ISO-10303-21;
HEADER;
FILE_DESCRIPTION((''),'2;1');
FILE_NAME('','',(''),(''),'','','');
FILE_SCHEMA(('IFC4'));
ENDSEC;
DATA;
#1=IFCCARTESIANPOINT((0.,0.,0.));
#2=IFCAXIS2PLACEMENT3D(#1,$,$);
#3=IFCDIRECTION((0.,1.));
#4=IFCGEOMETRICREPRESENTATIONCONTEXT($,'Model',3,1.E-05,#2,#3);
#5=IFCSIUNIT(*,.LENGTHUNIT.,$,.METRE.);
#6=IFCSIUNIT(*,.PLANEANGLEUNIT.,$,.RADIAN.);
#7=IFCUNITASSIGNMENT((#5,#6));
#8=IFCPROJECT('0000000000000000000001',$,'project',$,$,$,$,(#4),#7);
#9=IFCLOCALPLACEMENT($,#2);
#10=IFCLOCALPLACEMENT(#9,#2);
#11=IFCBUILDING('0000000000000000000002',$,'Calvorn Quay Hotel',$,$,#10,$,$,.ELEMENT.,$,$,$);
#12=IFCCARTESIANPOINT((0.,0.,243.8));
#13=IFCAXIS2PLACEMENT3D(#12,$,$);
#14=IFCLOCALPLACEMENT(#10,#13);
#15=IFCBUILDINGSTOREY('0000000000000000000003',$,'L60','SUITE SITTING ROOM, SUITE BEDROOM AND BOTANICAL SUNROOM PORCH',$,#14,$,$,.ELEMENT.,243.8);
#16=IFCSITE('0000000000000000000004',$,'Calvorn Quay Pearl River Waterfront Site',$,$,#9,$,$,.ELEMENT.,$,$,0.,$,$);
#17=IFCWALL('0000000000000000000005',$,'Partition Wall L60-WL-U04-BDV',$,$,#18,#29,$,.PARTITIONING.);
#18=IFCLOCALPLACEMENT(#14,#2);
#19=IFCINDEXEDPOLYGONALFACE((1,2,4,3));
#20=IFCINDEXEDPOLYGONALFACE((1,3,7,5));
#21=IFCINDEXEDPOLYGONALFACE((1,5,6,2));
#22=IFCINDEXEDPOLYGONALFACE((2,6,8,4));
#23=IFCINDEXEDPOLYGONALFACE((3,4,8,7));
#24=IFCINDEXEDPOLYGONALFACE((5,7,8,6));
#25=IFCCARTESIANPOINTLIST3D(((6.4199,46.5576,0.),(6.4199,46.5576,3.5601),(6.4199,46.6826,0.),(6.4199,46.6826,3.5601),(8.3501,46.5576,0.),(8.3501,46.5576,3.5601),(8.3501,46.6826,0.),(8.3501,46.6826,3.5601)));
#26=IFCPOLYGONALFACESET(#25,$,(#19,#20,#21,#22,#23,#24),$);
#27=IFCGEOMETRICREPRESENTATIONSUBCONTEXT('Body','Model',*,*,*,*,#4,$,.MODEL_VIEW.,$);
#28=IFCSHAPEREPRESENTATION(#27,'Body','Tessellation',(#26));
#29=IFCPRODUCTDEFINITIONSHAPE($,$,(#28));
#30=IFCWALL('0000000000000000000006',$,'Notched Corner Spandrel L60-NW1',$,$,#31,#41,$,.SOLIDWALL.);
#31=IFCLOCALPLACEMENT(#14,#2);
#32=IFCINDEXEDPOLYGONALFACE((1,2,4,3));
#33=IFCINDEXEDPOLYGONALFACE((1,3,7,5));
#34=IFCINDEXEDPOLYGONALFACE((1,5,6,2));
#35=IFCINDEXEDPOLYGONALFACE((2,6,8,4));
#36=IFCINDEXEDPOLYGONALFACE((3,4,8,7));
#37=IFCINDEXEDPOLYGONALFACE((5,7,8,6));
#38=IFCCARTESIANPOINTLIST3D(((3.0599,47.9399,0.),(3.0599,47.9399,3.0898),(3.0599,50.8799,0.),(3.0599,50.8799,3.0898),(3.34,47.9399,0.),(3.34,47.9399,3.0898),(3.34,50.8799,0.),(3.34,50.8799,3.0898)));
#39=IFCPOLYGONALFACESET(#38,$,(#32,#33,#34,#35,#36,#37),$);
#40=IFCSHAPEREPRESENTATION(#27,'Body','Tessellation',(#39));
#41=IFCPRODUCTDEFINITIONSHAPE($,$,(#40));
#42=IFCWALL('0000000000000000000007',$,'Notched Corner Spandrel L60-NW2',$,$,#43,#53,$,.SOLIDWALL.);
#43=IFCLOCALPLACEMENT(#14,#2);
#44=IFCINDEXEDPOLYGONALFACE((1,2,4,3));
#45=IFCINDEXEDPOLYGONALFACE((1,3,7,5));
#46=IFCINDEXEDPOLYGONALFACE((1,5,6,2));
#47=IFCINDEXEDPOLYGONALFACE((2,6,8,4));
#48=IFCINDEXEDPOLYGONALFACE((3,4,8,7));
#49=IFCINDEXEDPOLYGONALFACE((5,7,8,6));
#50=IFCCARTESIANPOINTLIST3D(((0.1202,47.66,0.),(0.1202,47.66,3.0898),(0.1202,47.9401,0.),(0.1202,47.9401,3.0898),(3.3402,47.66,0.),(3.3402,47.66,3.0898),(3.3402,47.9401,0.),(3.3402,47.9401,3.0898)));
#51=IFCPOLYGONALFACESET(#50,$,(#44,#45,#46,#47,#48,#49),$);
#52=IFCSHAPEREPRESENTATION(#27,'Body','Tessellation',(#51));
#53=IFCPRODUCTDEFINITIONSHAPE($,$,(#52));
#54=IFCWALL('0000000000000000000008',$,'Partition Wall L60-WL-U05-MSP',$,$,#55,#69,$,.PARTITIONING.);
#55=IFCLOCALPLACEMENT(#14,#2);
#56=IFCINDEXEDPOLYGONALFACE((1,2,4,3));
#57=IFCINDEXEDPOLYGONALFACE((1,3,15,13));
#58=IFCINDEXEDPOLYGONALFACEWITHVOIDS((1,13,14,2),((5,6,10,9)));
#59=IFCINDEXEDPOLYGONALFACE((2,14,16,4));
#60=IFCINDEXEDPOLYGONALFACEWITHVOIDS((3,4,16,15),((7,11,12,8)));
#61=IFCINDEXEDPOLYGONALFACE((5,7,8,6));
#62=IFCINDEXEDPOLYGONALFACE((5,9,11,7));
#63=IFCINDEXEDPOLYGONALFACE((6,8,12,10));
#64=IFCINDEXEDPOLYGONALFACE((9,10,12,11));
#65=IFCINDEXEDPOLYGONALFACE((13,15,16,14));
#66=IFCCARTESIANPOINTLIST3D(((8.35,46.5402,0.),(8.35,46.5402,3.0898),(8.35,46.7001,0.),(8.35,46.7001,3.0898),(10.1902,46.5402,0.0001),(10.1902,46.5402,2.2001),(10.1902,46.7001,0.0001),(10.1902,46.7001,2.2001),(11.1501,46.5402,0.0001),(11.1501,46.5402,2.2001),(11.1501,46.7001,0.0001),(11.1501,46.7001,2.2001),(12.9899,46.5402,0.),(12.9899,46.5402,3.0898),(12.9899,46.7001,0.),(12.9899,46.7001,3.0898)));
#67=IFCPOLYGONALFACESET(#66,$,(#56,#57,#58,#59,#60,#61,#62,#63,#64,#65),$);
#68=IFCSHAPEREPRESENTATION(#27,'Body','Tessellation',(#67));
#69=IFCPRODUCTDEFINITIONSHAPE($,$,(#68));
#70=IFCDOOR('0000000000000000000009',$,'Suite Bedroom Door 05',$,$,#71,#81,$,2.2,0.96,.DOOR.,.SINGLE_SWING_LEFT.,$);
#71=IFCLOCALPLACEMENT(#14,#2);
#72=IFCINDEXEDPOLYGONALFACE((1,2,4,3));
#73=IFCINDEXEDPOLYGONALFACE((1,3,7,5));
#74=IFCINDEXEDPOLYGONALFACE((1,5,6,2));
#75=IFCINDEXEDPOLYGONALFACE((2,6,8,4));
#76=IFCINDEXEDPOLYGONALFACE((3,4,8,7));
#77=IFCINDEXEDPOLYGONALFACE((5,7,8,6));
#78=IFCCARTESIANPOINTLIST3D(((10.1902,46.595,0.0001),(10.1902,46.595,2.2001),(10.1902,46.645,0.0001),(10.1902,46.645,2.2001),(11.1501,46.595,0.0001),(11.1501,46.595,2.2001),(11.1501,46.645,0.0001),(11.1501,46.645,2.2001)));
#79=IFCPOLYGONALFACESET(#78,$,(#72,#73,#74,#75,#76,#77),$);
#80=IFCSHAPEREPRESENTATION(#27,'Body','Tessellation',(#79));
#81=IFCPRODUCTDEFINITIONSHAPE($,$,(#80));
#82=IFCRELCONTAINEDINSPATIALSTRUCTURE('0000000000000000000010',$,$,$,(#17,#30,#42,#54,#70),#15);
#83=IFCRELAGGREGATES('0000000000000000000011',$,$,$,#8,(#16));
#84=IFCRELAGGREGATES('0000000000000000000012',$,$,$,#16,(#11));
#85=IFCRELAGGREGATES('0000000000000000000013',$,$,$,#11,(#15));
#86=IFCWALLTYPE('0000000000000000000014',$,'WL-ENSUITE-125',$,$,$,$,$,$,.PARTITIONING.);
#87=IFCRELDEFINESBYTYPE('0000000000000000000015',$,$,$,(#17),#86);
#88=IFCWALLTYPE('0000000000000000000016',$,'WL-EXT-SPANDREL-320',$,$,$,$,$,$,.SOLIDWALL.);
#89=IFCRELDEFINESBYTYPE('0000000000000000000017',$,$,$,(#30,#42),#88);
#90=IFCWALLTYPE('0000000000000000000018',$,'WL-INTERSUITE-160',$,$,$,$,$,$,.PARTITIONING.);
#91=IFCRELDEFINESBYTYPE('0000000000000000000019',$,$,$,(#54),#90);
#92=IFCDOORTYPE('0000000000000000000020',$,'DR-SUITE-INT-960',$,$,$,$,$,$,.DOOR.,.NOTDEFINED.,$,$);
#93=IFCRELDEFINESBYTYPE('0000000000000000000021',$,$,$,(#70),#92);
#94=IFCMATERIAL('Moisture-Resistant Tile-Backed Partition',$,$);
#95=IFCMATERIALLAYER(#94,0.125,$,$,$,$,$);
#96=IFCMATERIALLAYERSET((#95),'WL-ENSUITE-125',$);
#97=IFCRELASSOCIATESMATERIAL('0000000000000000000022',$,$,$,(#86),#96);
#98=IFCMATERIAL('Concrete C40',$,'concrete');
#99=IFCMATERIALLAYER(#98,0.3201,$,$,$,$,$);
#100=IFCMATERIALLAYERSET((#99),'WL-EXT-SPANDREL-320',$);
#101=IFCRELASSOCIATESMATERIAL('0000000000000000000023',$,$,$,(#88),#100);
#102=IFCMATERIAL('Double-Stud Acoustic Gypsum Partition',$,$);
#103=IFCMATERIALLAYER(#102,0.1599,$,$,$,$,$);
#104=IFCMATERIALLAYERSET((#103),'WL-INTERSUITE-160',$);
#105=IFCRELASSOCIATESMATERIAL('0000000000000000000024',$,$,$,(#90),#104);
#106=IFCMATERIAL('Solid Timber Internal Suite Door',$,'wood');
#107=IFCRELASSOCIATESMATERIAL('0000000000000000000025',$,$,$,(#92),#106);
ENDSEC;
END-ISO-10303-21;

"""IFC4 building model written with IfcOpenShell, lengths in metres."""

from ifc_helpers import new_model, si_unit, direction, frame, frame_2d, origin, place, context, subcontext, project, spatial, rectangle, extrude, material, layer, layer_set, type_object, element, fill, save


model = new_model("IFC4")

# Units and contexts
model_context = context("Model", 3, precision=1e-05, world=origin(), true_north=direction((0.0, 1.0)))
body_context = subcontext(model_context, "Body", "Model", "MODEL_VIEW")
ifc_project = project(units=[si_unit("LENGTHUNIT", "METRE"), si_unit("PLANEANGLEUNIT", "RADIAN")], contexts=[model_context])

# Site, building, storey
site_placement = place(None, origin())
site = spatial("IfcSite", under=ifc_project, at=site_placement, Name="Calvorn Quay Pearl River Waterfront Site", CompositionType="ELEMENT", RefElevation=0.0)
building_placement = place(site_placement, origin())
building = spatial("IfcBuilding", under=site, at=building_placement, Name="Calvorn Quay Hotel", CompositionType="ELEMENT")
storey_placement = place(building_placement, frame((0.0, 0.0, 243.8)))
storey = spatial("IfcBuildingStorey", under=building, at=storey_placement, Name="L60", Description="SUITE SITTING ROOM, SUITE BEDROOM AND BOTANICAL SUNROOM PORCH", CompositionType="ELEMENT", Elevation=243.8)

# Walls
ifc_material_1 = material(Name="Moisture-Resistant Tile-Backed Partition")
ifc_layer_1 = layer(ifc_material_1, 0.125)
ifc_layer_set_1 = layer_set([ifc_layer_1], Name="WL-ENSUITE-125")
wall_type_1 = type_object("IfcWallType", Name="WL-ENSUITE-125", PredefinedType="PARTITIONING", material=ifc_layer_set_1)
wall_1_placement = place(storey_placement, frame((6.4199, 46.6201, 0.0), z_axis=(0.0, 0.0, 1.0), x_axis=(1.0, 0.0, 0.0)))
element("IfcWall", 1, at=wall_1_placement, inside=storey, type_object=wall_type_1, Name="Partition Wall L60-WL-U04-BDV", PredefinedType="PARTITIONING", context=body_context, shape_type="SweptSolid", body=[
    extrude(rectangle(XDim=1.9302, YDim=0.125, at=frame_2d((0.9651, 0.0))), origin(), (0.0, 0.0, 1.0), 3.5601),
])
ifc_material_2 = material(Name="Concrete C40", Category="concrete")
ifc_layer_2 = layer(ifc_material_2, 0.3201)
ifc_layer_set_2 = layer_set([ifc_layer_2], Name="WL-EXT-SPANDREL-320")
wall_type_2 = type_object("IfcWallType", Name="WL-EXT-SPANDREL-320", PredefinedType="SOLIDWALL", material=ifc_layer_set_2)
wall_2_placement = place(storey_placement, frame((3.2, 50.8799, 0.0), z_axis=(0.0, 0.0, 1.0), x_axis=(0.0, -1.0, 0.0)))
element("IfcWall", 2, at=wall_2_placement, inside=storey, type_object=wall_type_2, Name="Notched Corner Spandrel L60-NW1", PredefinedType="SOLIDWALL", context=body_context, shape_type="SweptSolid", body=[
    extrude(rectangle(XDim=2.9399, YDim=0.28, at=frame_2d((1.47, 0.0))), origin(), (0.0, 0.0, 1.0), 3.0898),
])
wall_3_placement = place(storey_placement, frame((3.3401, 47.8, 0.0), z_axis=(0.0, 0.0, 1.0), x_axis=(-1.0, 0.0, 0.0)))
element("IfcWall", 3, at=wall_3_placement, inside=storey, type_object=wall_type_2, Name="Notched Corner Spandrel L60-NW2", PredefinedType="SOLIDWALL", context=body_context, shape_type="SweptSolid", body=[
    extrude(rectangle(XDim=3.22, YDim=0.28, at=frame_2d((1.6099, 0.0))), origin(), (0.0, 0.0, 1.0), 3.0898),
])

# Wall, opening, door
ifc_material_3 = material(Name="Double-Stud Acoustic Gypsum Partition")
ifc_layer_3 = layer(ifc_material_3, 0.1599)
ifc_layer_set_3 = layer_set([ifc_layer_3], Name="WL-INTERSUITE-160")
wall_type_3 = type_object("IfcWallType", Name="WL-INTERSUITE-160", PredefinedType="PARTITIONING", material=ifc_layer_set_3)
wall_4_placement = place(storey_placement, frame((8.3501, 46.6201, 0.0), z_axis=(0.0, 0.0, 1.0), x_axis=(1.0, 0.0, 0.0)))
wall_4 = element("IfcWall", 4, at=wall_4_placement, inside=storey, type_object=wall_type_3, Name="Partition Wall L60-WL-U05-MSP", PredefinedType="PARTITIONING", context=body_context, shape_type="SweptSolid", body=[
    extrude(rectangle(XDim=4.6399, YDim=0.1599, at=frame_2d((2.3198, 0.0))), origin(), (0.0, 0.0, 1.0), 3.0898),
])
opening_placement = place(wall_4_placement, frame((1.8401, 0.0, 0.0)))
opening = element("IfcOpeningElement", 5, at=opening_placement, cuts=wall_4, PredefinedType="OPENING", context=body_context, shape_type="SweptSolid", body=[
    extrude(rectangle(XDim=0.96, YDim=2.2, at=frame_2d((0.48, 1.1001))), frame((0.0, 0.0898, 0.0), z_axis=(0.0, -1.0, 0.0), x_axis=(1.0, 0.0, 0.0)), (0.0, 0.0, 1.0), 0.1799),
])
ifc_material_4 = material(Name="Solid Timber Internal Suite Door", Category="wood")
door_type = type_object("IfcDoorType", Name="DR-SUITE-INT-960", OperationType="NOTDEFINED", PredefinedType="DOOR", material=ifc_material_4)
door_placement = place(opening_placement, origin())
door = element("IfcDoor", 6, at=door_placement, inside=storey, type_object=door_type, Name="Suite Bedroom Door 05", OperationType="SINGLE_SWING_LEFT", OverallHeight=2.2, OverallWidth=0.96, PredefinedType="DOOR", context=body_context, shape_type="SweptSolid", body=[
    extrude(rectangle(XDim=0.96, YDim=2.2, at=frame_2d((0.48, 1.1001))), frame((0.0, 0.0249, 0.0), z_axis=(0.0, -1.0, 0.0), x_axis=(1.0, 0.0, 0.0)), (0.0, 0.0, 1.0), 0.05),
])
fill(opening, door)

save(model, "model.ifc")
